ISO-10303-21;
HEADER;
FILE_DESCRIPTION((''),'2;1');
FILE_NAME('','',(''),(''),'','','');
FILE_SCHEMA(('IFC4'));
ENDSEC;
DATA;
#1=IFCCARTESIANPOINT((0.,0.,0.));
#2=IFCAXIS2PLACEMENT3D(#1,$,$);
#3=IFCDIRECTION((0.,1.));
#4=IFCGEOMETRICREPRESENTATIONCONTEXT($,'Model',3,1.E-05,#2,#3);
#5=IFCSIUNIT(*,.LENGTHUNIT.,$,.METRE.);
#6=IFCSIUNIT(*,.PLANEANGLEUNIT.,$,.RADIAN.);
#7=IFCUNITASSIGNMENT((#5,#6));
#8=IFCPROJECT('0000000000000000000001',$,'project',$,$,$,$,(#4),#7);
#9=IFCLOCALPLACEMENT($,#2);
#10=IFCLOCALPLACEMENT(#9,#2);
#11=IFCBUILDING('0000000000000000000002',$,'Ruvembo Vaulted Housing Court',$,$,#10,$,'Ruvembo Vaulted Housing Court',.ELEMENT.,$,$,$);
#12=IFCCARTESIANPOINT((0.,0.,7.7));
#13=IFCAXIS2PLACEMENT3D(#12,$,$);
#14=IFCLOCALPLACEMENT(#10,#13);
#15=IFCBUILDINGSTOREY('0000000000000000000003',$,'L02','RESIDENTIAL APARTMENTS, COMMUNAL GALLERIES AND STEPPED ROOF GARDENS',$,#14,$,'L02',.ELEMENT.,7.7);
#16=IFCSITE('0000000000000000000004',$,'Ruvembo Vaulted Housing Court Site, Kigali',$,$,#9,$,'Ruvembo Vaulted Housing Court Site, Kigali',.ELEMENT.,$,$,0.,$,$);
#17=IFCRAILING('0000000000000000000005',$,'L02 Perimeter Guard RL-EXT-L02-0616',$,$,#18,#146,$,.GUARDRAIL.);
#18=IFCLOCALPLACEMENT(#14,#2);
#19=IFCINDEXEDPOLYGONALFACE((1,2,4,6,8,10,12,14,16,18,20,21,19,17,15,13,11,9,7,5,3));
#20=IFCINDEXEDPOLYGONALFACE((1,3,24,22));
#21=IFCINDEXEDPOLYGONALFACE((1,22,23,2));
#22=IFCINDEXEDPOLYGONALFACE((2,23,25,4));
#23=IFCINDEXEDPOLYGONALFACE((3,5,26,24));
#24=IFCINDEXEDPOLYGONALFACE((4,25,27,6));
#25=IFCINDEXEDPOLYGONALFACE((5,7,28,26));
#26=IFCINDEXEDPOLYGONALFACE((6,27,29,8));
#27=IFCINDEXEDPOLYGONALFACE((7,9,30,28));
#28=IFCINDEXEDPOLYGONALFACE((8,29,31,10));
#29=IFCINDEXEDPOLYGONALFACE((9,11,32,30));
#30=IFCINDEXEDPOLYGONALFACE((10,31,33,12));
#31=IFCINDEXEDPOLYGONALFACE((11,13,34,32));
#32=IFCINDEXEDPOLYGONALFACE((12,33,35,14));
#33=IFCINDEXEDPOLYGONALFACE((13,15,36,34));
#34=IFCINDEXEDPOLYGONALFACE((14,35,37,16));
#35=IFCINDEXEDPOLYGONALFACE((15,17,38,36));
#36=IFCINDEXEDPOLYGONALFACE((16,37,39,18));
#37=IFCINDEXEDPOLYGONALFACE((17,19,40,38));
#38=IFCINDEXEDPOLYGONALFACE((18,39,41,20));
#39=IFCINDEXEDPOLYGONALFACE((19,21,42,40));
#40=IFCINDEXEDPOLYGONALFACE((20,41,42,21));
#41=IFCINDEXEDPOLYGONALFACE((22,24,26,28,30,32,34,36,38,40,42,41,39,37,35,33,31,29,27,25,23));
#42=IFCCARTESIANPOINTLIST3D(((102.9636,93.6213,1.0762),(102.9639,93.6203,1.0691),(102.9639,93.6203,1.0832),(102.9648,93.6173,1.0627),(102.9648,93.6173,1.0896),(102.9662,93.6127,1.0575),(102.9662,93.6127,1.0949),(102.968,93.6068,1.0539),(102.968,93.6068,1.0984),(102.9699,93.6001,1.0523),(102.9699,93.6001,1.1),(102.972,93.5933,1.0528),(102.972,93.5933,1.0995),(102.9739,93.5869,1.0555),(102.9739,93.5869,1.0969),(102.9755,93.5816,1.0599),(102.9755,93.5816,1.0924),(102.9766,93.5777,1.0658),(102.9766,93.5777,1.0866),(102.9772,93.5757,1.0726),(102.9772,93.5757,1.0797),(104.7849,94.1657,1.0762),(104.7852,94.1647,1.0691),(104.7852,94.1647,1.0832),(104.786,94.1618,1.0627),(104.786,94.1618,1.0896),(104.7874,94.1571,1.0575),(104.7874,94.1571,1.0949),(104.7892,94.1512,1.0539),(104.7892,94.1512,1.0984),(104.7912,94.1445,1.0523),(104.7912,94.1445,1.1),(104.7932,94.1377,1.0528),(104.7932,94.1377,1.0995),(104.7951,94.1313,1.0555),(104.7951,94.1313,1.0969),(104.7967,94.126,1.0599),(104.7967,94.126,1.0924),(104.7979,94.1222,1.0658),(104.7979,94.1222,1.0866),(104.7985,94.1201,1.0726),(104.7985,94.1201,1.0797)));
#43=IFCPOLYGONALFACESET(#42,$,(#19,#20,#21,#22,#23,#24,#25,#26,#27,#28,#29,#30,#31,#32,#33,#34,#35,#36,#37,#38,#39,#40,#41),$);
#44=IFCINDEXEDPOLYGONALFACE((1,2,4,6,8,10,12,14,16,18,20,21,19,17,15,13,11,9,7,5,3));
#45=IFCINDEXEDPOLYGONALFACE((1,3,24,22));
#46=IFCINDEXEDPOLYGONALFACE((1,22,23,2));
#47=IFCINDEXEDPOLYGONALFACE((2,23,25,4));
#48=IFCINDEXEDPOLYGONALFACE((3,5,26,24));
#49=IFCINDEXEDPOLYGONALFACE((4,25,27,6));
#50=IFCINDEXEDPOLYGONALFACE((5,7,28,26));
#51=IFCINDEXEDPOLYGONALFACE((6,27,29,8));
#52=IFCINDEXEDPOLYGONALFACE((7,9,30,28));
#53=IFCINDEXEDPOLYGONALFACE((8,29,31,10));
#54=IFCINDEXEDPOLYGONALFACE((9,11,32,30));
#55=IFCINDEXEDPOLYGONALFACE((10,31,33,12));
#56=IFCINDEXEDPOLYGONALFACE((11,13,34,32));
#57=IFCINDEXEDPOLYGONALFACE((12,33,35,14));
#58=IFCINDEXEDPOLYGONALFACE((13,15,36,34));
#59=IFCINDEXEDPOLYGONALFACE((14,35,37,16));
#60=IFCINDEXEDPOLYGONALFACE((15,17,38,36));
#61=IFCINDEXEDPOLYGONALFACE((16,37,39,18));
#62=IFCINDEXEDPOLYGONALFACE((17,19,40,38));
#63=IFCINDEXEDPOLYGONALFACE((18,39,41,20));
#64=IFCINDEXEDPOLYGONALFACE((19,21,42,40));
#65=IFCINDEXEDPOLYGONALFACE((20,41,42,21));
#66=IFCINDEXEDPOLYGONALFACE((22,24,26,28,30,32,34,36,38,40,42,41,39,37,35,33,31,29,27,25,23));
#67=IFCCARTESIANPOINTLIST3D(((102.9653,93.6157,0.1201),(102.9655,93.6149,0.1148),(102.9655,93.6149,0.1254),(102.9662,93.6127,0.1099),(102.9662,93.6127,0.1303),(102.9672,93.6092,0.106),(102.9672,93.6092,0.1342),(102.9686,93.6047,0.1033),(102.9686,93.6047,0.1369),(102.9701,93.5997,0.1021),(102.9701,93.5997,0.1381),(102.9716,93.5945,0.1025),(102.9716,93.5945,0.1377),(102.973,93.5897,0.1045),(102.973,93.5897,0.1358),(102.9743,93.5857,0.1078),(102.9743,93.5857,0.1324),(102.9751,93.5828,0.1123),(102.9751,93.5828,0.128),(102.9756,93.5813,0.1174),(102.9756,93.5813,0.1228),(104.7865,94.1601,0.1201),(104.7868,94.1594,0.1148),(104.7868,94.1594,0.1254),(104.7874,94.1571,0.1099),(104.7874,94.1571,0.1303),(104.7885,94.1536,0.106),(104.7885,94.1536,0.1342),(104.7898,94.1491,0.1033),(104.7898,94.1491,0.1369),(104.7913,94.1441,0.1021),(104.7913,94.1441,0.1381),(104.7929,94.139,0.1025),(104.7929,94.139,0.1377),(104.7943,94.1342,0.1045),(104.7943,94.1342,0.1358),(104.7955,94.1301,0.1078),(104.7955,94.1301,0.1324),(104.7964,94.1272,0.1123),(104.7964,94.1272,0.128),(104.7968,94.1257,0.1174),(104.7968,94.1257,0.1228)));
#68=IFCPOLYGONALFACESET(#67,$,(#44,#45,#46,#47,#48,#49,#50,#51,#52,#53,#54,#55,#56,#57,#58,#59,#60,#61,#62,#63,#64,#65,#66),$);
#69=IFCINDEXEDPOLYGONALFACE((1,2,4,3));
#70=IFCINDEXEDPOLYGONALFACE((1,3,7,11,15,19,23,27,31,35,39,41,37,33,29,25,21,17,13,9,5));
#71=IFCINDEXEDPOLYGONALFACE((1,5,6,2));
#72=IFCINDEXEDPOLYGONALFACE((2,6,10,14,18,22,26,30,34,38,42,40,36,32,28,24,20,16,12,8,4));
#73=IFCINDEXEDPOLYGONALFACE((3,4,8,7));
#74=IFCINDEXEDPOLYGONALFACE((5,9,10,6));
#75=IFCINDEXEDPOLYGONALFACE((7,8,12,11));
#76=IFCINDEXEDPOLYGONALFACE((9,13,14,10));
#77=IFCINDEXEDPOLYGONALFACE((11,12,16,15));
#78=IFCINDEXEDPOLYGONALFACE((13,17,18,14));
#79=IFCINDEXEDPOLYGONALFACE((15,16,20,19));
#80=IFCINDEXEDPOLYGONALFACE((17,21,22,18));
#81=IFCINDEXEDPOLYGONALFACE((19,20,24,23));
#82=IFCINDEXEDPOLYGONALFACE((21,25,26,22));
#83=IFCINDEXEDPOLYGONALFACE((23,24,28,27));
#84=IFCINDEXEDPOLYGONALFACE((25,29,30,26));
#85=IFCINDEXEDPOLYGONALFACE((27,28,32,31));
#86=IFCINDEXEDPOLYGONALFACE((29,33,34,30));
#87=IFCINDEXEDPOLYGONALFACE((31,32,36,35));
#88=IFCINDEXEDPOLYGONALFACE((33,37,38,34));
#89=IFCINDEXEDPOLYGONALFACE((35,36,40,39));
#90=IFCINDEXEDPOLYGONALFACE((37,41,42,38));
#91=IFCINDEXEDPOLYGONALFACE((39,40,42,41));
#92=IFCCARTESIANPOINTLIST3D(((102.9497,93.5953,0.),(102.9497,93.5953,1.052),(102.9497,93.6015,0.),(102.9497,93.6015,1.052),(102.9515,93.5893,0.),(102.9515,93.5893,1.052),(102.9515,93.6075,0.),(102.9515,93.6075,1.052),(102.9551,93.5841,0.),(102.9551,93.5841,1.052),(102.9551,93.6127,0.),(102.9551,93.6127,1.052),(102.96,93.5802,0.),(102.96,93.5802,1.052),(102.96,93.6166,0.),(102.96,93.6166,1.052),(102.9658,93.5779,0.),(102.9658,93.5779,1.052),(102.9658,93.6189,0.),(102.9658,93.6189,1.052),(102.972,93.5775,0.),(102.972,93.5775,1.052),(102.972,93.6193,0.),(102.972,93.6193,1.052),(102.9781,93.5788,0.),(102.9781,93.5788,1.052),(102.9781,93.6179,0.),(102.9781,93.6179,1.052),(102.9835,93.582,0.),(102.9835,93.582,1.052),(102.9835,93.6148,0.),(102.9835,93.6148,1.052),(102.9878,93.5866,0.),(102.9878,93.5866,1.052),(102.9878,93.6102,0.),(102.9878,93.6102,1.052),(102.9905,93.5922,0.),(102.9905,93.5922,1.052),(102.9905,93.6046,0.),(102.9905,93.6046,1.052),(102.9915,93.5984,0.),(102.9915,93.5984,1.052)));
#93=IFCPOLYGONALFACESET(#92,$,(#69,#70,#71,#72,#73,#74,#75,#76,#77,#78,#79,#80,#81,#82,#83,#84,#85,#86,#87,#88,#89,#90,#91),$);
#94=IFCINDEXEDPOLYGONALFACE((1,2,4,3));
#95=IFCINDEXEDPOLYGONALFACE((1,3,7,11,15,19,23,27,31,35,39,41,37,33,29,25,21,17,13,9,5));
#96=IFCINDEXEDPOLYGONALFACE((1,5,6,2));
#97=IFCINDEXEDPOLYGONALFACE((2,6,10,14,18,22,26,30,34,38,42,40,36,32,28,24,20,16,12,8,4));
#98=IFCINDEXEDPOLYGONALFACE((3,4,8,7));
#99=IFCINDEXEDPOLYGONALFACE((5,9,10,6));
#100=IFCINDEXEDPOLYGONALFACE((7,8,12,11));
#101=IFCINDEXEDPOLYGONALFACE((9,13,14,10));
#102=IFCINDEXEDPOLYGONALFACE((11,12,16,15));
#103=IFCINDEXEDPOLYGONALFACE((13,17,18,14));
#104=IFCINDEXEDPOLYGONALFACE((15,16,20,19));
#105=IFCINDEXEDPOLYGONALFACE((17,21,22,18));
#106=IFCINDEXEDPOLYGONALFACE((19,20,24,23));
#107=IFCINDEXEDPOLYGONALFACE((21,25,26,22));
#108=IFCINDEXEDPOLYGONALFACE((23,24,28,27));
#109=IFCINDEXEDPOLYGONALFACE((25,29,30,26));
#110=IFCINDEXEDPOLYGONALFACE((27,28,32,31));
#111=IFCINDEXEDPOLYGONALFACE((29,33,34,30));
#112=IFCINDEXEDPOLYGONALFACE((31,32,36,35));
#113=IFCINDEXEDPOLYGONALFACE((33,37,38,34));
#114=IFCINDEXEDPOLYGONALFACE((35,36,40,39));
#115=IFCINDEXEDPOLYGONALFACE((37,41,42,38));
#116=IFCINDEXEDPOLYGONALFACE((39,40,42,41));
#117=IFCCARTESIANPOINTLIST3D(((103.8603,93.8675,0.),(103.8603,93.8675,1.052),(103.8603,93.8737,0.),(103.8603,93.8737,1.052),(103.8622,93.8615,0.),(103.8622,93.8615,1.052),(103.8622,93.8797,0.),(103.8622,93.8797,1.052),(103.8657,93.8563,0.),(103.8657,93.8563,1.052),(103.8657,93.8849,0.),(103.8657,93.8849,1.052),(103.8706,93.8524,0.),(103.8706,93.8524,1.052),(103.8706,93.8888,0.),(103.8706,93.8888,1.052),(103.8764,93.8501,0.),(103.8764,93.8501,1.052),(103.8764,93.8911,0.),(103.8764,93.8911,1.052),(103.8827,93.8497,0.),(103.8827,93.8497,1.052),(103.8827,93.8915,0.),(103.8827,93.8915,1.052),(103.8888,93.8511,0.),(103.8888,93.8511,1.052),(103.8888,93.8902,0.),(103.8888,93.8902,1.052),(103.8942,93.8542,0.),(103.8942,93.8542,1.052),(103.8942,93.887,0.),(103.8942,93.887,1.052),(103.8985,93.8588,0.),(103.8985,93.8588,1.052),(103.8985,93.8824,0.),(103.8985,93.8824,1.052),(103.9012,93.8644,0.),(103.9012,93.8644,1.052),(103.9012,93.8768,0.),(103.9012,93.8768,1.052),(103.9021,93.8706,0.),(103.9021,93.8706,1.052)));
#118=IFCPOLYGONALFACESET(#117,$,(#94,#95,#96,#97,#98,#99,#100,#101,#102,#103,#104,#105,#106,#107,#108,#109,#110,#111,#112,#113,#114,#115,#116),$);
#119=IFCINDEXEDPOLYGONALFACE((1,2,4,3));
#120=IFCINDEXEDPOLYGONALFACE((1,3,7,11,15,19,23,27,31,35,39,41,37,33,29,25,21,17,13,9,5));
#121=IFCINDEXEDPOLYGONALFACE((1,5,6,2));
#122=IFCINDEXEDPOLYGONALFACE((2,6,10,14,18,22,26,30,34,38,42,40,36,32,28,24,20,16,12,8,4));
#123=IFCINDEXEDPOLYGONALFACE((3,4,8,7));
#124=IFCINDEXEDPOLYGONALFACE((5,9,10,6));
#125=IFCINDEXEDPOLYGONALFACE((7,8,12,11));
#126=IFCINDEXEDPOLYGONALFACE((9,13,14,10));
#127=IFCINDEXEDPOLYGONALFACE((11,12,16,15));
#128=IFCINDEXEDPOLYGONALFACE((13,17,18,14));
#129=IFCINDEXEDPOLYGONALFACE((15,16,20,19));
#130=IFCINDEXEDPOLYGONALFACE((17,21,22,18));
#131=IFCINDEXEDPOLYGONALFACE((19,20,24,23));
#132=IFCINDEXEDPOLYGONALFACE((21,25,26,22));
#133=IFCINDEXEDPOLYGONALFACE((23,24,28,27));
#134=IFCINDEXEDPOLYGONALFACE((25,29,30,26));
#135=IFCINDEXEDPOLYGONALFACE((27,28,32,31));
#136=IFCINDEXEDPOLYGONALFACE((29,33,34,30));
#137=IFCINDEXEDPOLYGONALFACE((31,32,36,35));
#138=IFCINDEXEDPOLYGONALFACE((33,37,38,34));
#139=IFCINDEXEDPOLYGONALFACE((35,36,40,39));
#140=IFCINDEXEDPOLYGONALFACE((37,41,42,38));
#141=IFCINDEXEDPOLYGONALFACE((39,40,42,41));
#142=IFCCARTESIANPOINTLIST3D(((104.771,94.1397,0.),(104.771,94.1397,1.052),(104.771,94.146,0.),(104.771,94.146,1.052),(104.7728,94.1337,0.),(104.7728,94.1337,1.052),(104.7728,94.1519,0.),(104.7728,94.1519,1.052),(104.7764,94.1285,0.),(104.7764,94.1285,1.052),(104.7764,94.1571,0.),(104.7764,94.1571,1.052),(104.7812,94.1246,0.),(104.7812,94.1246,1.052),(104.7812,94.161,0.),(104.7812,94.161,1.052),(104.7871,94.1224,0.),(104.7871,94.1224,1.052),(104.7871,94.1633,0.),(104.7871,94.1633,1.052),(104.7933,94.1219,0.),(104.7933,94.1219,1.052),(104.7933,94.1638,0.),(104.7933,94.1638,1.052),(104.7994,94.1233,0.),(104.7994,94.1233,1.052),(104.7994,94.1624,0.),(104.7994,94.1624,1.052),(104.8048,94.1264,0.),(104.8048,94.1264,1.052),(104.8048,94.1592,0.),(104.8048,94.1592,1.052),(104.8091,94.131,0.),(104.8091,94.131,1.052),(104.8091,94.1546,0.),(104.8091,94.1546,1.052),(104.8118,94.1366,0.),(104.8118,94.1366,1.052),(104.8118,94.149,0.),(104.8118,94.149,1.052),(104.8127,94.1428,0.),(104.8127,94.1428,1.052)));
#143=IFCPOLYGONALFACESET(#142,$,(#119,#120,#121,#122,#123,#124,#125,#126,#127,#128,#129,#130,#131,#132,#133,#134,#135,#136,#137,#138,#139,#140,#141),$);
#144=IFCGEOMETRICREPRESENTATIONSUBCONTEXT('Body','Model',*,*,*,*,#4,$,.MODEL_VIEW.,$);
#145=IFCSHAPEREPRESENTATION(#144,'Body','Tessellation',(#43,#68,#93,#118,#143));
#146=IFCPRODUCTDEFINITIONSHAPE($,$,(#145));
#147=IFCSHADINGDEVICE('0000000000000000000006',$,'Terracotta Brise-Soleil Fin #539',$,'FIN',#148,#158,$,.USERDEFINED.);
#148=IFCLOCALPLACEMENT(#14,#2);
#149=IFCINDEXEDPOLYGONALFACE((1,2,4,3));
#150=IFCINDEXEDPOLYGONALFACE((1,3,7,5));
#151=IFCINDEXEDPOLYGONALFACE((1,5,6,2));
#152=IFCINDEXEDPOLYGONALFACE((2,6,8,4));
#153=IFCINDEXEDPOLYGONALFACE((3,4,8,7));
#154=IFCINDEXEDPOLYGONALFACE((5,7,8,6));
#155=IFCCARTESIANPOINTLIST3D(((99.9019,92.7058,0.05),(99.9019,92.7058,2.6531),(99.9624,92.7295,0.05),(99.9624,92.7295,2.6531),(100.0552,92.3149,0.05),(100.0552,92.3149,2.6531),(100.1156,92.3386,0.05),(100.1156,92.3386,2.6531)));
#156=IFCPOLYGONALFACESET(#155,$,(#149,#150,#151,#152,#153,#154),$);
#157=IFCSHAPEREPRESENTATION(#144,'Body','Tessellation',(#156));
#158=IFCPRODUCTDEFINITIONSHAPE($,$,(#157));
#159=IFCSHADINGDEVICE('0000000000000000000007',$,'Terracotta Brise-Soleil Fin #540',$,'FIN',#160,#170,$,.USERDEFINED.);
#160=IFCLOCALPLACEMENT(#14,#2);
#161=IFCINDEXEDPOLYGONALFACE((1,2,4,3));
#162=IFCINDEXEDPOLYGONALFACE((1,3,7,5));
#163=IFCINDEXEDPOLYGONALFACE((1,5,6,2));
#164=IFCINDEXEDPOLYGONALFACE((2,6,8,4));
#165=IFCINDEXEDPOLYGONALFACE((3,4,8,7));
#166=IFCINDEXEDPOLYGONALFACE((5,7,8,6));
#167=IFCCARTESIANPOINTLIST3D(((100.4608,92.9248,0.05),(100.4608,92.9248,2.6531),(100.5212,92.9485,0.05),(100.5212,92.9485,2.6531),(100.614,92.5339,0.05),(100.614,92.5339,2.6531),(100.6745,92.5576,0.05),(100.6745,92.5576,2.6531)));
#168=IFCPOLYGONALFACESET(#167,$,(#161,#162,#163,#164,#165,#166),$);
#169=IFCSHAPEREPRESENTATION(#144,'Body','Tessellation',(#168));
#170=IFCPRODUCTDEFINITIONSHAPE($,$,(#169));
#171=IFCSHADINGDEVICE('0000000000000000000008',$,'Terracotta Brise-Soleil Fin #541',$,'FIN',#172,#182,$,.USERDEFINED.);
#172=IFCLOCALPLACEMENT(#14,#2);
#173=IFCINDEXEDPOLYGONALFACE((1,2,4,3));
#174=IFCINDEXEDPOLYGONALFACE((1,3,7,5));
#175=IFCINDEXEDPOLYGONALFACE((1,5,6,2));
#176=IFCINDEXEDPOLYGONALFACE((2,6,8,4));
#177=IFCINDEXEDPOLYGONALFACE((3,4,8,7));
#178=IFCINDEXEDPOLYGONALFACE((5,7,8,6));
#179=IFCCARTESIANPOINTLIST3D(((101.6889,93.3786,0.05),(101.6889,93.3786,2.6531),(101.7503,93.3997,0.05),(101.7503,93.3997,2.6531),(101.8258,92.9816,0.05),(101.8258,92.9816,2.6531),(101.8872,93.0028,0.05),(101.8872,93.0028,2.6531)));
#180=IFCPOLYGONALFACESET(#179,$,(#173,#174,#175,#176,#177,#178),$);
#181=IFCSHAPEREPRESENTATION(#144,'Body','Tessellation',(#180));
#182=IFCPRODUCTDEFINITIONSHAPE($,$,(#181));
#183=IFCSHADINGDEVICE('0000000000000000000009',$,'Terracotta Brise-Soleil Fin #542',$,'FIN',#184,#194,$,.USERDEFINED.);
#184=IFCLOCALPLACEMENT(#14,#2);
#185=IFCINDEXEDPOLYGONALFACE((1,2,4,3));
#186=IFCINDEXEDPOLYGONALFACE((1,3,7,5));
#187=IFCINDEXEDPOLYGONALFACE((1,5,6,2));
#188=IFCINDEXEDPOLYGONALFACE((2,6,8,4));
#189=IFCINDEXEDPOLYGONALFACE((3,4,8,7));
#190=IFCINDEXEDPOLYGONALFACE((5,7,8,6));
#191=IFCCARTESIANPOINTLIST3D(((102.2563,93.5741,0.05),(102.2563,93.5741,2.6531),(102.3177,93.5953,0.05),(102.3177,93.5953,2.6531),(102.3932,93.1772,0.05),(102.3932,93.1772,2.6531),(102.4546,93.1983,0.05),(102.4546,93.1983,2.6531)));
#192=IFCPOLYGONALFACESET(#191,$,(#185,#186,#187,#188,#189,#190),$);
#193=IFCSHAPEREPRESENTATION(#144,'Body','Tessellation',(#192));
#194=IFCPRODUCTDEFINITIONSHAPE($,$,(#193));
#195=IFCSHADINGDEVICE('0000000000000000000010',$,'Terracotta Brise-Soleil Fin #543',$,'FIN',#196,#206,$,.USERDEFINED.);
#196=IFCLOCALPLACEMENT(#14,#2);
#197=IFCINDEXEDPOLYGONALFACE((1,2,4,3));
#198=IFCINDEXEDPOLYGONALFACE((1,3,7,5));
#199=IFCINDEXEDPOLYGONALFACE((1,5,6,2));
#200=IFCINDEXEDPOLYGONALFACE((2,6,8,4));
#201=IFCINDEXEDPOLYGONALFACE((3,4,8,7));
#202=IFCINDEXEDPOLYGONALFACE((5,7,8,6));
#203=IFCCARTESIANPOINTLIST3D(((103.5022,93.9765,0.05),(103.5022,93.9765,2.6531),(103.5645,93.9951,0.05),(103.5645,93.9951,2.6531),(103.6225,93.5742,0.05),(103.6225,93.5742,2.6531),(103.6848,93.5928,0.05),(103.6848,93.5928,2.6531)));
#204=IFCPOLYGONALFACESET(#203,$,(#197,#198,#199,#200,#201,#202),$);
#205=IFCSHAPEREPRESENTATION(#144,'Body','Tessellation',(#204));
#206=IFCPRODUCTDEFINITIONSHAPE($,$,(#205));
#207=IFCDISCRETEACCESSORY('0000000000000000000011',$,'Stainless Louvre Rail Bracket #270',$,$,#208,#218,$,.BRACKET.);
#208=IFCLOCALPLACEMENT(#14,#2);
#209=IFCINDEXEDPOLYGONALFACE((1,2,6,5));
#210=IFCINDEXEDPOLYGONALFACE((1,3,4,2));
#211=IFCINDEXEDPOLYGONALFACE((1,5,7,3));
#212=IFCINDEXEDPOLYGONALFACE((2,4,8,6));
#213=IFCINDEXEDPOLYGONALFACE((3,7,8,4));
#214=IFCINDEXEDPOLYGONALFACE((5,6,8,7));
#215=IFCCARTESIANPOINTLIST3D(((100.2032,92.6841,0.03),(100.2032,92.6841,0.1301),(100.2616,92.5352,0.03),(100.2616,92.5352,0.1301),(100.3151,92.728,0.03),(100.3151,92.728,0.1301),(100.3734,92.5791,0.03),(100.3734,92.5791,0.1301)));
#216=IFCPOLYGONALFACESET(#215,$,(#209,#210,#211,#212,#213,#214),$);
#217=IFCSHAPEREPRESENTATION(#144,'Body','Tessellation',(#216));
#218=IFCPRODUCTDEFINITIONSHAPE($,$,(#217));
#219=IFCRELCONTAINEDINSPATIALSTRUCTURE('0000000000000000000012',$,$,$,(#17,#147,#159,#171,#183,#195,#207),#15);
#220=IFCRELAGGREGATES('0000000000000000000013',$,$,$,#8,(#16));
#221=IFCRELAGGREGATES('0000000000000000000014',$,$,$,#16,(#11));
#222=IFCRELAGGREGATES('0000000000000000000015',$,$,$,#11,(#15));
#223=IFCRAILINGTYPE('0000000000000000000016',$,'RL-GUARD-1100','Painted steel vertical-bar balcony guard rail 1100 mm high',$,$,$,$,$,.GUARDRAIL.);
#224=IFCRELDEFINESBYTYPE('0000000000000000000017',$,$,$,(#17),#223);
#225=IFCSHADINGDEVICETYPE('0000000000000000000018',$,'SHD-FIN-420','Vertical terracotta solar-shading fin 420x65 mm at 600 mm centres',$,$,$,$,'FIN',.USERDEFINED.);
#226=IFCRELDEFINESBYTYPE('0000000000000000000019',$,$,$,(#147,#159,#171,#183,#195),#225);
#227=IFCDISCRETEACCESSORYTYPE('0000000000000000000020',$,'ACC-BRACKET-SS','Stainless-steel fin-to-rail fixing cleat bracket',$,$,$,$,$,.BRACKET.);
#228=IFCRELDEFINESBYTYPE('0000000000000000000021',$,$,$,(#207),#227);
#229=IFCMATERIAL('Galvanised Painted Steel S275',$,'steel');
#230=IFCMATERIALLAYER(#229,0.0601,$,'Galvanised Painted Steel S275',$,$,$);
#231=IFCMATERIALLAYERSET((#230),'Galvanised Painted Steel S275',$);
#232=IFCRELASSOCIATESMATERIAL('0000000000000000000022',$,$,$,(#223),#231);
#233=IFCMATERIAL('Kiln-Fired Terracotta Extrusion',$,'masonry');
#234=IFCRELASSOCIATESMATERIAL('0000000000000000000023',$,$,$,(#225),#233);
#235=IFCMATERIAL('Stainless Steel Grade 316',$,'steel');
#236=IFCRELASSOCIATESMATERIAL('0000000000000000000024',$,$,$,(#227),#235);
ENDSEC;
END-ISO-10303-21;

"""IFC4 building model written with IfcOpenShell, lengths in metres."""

from ifc_helpers import new_model, si_unit, direction, frame, origin, origin_2d, place, context, subcontext, project, spatial, rectangle, circle, extrude, material, layer, layer_set, type_object, element, save


model = new_model("IFC4")

# Units and contexts
model_context = context("Model", 3, precision=1e-05, world=origin(), true_north=direction((0.0, 1.0)))
body_context = subcontext(model_context, "Body", "Model", "MODEL_VIEW")
ifc_project = project(units=[si_unit("LENGTHUNIT", "METRE"), si_unit("PLANEANGLEUNIT", "RADIAN")], contexts=[model_context])

# Site, building, storey
site_placement = place(None, origin())
site = spatial("IfcSite", under=ifc_project, at=site_placement, Name="Ruvembo Vaulted Housing Court Site, Kigali", LongName="Ruvembo Vaulted Housing Court Site, Kigali", CompositionType="ELEMENT", RefElevation=0.0)
building_placement = place(site_placement, origin())
building = spatial("IfcBuilding", under=site, at=building_placement, Name="Ruvembo Vaulted Housing Court", LongName="Ruvembo Vaulted Housing Court", CompositionType="ELEMENT")
storey_placement = place(building_placement, frame((0.0, 0.0, 7.7)))
storey = spatial("IfcBuildingStorey", under=building, at=storey_placement, Name="L02", Description="RESIDENTIAL APARTMENTS, COMMUNAL GALLERIES AND STEPPED ROOF GARDENS", LongName="L02", CompositionType="ELEMENT", Elevation=7.7)

# Railing
ifc_material_1 = material(Name="Galvanised Painted Steel S275", Category="steel")
ifc_layer = layer(ifc_material_1, 0.0601, Name="Galvanised Painted Steel S275")
ifc_layer_set = layer_set([ifc_layer], Name="Galvanised Painted Steel S275")
railing_type = type_object("IfcRailingType", Name="RL-GUARD-1100", Description="Painted steel vertical-bar balcony guard rail 1100 mm high", PredefinedType="GUARDRAIL", material=ifc_layer_set)
railing_1_placement = place(storey_placement, frame((102.9705, 93.5984, 0.0)))
element("IfcRailing", 1, at=railing_1_placement, inside=storey, type_object=railing_type, Name="L02 Perimeter Guard RL-EXT-L02-0616", PredefinedType="GUARDRAIL", context=body_context, shape_type="SweptSolid", body=[
    extrude(circle(Radius=0.0239, at=origin_2d()), frame((0.0, 0.0, 1.0762), z_axis=(0.958109, 0.286405, 0.0), x_axis=(-0.286405, 0.958109, 0.0)), (0.0, 0.0, 1.0), 1.9009),
    extrude(circle(Radius=0.0181, at=origin_2d()), frame((0.0, 0.0, 0.1201), z_axis=(0.958109, 0.286405, 0.0), x_axis=(-0.286405, 0.958109, 0.0)), (0.0, 0.0, 1.0), 1.9009),
    extrude(circle(Radius=0.021, at=origin_2d()), origin(), (0.0, 0.0, 1.0), 1.052),
    extrude(circle(Radius=0.021, at=origin_2d()), frame((0.9106, 0.2722, 0.0)), (0.0, 0.0, 1.0), 1.052),
    extrude(circle(Radius=0.021, at=origin_2d()), frame((1.8213, 0.5444, 0.0)), (0.0, 0.0, 1.0), 1.052),
])

# Shading devices
ifc_material_2 = material(Name="Kiln-Fired Terracotta Extrusion", Category="masonry")
shading_device_type = type_object("IfcShadingDeviceType", Name="SHD-FIN-420", Description="Vertical terracotta solar-shading fin 420x65 mm at 600 mm centres", ElementType="FIN", PredefinedType="USERDEFINED", material=ifc_material_2)
for number, where, z_axis, x_axis, name in (
    (2, (100.0088, 92.5222, 0.05), (0.0, 0.0, 1.0), (0.364958, -0.931024, 0.0), "Terracotta Brise-Soleil Fin #539"),
    (3, (100.5676, 92.7412, 0.05), (0.0, 0.0, 1.0), (0.364958, -0.931024, 0.0), "Terracotta Brise-Soleil Fin #540"),
    (4, (101.7881, 93.1907, 0.05), (0.0, 0.0, 1.0), (0.32603, -0.945359, 0.0), "Terracotta Brise-Soleil Fin #541"),
    (5, (102.3555, 93.3862, 0.05), (0.0, 0.0, 1.0), (0.32603, -0.945359, 0.0), "Terracotta Brise-Soleil Fin #542"),
    (6, (103.5935, 93.7847, 0.05), (0.0, 0.0, 1.0), (0.286491, -0.958083, 0.0), "Terracotta Brise-Soleil Fin #543"),
):
    element("IfcShadingDevice", number, at=place(storey_placement, frame(where, z_axis=z_axis, x_axis=x_axis)), inside=storey, type_object=shading_device_type, Name=name, ObjectType="FIN", PredefinedType="USERDEFINED", context=body_context, shape_type="SweptSolid", body=[
        extrude(rectangle(XDim=0.4199, YDim=0.0649, at=origin_2d()), origin(), (0.0, 0.0, 1.0), 2.603),
    ])

# Discrete accessory
ifc_material_3 = material(Name="Stainless Steel Grade 316", Category="steel")
discrete_accessory_type = type_object("IfcDiscreteAccessoryType", Name="ACC-BRACKET-SS", Description="Stainless-steel fin-to-rail fixing cleat bracket", PredefinedType="BRACKET", material=ifc_material_3)
for number, where, z_axis, x_axis, name in (
    (7, (100.2883, 92.6316, 0.03), (0.0, 0.0, 1.0), (0.364958, -0.931024, 0.0), "Stainless Louvre Rail Bracket #270"),
):
    element("IfcDiscreteAccessory", number, at=place(storey_placement, frame(where, z_axis=z_axis, x_axis=x_axis)), inside=storey, type_object=discrete_accessory_type, Name=name, PredefinedType="BRACKET", context=body_context, shape_type="SweptSolid", body=[
        extrude(rectangle(XDim=0.1599, YDim=0.1201, at=origin_2d()), origin(), (0.0, 0.0, 1.0), 0.1001),
    ])

save(model, "model.ifc")
